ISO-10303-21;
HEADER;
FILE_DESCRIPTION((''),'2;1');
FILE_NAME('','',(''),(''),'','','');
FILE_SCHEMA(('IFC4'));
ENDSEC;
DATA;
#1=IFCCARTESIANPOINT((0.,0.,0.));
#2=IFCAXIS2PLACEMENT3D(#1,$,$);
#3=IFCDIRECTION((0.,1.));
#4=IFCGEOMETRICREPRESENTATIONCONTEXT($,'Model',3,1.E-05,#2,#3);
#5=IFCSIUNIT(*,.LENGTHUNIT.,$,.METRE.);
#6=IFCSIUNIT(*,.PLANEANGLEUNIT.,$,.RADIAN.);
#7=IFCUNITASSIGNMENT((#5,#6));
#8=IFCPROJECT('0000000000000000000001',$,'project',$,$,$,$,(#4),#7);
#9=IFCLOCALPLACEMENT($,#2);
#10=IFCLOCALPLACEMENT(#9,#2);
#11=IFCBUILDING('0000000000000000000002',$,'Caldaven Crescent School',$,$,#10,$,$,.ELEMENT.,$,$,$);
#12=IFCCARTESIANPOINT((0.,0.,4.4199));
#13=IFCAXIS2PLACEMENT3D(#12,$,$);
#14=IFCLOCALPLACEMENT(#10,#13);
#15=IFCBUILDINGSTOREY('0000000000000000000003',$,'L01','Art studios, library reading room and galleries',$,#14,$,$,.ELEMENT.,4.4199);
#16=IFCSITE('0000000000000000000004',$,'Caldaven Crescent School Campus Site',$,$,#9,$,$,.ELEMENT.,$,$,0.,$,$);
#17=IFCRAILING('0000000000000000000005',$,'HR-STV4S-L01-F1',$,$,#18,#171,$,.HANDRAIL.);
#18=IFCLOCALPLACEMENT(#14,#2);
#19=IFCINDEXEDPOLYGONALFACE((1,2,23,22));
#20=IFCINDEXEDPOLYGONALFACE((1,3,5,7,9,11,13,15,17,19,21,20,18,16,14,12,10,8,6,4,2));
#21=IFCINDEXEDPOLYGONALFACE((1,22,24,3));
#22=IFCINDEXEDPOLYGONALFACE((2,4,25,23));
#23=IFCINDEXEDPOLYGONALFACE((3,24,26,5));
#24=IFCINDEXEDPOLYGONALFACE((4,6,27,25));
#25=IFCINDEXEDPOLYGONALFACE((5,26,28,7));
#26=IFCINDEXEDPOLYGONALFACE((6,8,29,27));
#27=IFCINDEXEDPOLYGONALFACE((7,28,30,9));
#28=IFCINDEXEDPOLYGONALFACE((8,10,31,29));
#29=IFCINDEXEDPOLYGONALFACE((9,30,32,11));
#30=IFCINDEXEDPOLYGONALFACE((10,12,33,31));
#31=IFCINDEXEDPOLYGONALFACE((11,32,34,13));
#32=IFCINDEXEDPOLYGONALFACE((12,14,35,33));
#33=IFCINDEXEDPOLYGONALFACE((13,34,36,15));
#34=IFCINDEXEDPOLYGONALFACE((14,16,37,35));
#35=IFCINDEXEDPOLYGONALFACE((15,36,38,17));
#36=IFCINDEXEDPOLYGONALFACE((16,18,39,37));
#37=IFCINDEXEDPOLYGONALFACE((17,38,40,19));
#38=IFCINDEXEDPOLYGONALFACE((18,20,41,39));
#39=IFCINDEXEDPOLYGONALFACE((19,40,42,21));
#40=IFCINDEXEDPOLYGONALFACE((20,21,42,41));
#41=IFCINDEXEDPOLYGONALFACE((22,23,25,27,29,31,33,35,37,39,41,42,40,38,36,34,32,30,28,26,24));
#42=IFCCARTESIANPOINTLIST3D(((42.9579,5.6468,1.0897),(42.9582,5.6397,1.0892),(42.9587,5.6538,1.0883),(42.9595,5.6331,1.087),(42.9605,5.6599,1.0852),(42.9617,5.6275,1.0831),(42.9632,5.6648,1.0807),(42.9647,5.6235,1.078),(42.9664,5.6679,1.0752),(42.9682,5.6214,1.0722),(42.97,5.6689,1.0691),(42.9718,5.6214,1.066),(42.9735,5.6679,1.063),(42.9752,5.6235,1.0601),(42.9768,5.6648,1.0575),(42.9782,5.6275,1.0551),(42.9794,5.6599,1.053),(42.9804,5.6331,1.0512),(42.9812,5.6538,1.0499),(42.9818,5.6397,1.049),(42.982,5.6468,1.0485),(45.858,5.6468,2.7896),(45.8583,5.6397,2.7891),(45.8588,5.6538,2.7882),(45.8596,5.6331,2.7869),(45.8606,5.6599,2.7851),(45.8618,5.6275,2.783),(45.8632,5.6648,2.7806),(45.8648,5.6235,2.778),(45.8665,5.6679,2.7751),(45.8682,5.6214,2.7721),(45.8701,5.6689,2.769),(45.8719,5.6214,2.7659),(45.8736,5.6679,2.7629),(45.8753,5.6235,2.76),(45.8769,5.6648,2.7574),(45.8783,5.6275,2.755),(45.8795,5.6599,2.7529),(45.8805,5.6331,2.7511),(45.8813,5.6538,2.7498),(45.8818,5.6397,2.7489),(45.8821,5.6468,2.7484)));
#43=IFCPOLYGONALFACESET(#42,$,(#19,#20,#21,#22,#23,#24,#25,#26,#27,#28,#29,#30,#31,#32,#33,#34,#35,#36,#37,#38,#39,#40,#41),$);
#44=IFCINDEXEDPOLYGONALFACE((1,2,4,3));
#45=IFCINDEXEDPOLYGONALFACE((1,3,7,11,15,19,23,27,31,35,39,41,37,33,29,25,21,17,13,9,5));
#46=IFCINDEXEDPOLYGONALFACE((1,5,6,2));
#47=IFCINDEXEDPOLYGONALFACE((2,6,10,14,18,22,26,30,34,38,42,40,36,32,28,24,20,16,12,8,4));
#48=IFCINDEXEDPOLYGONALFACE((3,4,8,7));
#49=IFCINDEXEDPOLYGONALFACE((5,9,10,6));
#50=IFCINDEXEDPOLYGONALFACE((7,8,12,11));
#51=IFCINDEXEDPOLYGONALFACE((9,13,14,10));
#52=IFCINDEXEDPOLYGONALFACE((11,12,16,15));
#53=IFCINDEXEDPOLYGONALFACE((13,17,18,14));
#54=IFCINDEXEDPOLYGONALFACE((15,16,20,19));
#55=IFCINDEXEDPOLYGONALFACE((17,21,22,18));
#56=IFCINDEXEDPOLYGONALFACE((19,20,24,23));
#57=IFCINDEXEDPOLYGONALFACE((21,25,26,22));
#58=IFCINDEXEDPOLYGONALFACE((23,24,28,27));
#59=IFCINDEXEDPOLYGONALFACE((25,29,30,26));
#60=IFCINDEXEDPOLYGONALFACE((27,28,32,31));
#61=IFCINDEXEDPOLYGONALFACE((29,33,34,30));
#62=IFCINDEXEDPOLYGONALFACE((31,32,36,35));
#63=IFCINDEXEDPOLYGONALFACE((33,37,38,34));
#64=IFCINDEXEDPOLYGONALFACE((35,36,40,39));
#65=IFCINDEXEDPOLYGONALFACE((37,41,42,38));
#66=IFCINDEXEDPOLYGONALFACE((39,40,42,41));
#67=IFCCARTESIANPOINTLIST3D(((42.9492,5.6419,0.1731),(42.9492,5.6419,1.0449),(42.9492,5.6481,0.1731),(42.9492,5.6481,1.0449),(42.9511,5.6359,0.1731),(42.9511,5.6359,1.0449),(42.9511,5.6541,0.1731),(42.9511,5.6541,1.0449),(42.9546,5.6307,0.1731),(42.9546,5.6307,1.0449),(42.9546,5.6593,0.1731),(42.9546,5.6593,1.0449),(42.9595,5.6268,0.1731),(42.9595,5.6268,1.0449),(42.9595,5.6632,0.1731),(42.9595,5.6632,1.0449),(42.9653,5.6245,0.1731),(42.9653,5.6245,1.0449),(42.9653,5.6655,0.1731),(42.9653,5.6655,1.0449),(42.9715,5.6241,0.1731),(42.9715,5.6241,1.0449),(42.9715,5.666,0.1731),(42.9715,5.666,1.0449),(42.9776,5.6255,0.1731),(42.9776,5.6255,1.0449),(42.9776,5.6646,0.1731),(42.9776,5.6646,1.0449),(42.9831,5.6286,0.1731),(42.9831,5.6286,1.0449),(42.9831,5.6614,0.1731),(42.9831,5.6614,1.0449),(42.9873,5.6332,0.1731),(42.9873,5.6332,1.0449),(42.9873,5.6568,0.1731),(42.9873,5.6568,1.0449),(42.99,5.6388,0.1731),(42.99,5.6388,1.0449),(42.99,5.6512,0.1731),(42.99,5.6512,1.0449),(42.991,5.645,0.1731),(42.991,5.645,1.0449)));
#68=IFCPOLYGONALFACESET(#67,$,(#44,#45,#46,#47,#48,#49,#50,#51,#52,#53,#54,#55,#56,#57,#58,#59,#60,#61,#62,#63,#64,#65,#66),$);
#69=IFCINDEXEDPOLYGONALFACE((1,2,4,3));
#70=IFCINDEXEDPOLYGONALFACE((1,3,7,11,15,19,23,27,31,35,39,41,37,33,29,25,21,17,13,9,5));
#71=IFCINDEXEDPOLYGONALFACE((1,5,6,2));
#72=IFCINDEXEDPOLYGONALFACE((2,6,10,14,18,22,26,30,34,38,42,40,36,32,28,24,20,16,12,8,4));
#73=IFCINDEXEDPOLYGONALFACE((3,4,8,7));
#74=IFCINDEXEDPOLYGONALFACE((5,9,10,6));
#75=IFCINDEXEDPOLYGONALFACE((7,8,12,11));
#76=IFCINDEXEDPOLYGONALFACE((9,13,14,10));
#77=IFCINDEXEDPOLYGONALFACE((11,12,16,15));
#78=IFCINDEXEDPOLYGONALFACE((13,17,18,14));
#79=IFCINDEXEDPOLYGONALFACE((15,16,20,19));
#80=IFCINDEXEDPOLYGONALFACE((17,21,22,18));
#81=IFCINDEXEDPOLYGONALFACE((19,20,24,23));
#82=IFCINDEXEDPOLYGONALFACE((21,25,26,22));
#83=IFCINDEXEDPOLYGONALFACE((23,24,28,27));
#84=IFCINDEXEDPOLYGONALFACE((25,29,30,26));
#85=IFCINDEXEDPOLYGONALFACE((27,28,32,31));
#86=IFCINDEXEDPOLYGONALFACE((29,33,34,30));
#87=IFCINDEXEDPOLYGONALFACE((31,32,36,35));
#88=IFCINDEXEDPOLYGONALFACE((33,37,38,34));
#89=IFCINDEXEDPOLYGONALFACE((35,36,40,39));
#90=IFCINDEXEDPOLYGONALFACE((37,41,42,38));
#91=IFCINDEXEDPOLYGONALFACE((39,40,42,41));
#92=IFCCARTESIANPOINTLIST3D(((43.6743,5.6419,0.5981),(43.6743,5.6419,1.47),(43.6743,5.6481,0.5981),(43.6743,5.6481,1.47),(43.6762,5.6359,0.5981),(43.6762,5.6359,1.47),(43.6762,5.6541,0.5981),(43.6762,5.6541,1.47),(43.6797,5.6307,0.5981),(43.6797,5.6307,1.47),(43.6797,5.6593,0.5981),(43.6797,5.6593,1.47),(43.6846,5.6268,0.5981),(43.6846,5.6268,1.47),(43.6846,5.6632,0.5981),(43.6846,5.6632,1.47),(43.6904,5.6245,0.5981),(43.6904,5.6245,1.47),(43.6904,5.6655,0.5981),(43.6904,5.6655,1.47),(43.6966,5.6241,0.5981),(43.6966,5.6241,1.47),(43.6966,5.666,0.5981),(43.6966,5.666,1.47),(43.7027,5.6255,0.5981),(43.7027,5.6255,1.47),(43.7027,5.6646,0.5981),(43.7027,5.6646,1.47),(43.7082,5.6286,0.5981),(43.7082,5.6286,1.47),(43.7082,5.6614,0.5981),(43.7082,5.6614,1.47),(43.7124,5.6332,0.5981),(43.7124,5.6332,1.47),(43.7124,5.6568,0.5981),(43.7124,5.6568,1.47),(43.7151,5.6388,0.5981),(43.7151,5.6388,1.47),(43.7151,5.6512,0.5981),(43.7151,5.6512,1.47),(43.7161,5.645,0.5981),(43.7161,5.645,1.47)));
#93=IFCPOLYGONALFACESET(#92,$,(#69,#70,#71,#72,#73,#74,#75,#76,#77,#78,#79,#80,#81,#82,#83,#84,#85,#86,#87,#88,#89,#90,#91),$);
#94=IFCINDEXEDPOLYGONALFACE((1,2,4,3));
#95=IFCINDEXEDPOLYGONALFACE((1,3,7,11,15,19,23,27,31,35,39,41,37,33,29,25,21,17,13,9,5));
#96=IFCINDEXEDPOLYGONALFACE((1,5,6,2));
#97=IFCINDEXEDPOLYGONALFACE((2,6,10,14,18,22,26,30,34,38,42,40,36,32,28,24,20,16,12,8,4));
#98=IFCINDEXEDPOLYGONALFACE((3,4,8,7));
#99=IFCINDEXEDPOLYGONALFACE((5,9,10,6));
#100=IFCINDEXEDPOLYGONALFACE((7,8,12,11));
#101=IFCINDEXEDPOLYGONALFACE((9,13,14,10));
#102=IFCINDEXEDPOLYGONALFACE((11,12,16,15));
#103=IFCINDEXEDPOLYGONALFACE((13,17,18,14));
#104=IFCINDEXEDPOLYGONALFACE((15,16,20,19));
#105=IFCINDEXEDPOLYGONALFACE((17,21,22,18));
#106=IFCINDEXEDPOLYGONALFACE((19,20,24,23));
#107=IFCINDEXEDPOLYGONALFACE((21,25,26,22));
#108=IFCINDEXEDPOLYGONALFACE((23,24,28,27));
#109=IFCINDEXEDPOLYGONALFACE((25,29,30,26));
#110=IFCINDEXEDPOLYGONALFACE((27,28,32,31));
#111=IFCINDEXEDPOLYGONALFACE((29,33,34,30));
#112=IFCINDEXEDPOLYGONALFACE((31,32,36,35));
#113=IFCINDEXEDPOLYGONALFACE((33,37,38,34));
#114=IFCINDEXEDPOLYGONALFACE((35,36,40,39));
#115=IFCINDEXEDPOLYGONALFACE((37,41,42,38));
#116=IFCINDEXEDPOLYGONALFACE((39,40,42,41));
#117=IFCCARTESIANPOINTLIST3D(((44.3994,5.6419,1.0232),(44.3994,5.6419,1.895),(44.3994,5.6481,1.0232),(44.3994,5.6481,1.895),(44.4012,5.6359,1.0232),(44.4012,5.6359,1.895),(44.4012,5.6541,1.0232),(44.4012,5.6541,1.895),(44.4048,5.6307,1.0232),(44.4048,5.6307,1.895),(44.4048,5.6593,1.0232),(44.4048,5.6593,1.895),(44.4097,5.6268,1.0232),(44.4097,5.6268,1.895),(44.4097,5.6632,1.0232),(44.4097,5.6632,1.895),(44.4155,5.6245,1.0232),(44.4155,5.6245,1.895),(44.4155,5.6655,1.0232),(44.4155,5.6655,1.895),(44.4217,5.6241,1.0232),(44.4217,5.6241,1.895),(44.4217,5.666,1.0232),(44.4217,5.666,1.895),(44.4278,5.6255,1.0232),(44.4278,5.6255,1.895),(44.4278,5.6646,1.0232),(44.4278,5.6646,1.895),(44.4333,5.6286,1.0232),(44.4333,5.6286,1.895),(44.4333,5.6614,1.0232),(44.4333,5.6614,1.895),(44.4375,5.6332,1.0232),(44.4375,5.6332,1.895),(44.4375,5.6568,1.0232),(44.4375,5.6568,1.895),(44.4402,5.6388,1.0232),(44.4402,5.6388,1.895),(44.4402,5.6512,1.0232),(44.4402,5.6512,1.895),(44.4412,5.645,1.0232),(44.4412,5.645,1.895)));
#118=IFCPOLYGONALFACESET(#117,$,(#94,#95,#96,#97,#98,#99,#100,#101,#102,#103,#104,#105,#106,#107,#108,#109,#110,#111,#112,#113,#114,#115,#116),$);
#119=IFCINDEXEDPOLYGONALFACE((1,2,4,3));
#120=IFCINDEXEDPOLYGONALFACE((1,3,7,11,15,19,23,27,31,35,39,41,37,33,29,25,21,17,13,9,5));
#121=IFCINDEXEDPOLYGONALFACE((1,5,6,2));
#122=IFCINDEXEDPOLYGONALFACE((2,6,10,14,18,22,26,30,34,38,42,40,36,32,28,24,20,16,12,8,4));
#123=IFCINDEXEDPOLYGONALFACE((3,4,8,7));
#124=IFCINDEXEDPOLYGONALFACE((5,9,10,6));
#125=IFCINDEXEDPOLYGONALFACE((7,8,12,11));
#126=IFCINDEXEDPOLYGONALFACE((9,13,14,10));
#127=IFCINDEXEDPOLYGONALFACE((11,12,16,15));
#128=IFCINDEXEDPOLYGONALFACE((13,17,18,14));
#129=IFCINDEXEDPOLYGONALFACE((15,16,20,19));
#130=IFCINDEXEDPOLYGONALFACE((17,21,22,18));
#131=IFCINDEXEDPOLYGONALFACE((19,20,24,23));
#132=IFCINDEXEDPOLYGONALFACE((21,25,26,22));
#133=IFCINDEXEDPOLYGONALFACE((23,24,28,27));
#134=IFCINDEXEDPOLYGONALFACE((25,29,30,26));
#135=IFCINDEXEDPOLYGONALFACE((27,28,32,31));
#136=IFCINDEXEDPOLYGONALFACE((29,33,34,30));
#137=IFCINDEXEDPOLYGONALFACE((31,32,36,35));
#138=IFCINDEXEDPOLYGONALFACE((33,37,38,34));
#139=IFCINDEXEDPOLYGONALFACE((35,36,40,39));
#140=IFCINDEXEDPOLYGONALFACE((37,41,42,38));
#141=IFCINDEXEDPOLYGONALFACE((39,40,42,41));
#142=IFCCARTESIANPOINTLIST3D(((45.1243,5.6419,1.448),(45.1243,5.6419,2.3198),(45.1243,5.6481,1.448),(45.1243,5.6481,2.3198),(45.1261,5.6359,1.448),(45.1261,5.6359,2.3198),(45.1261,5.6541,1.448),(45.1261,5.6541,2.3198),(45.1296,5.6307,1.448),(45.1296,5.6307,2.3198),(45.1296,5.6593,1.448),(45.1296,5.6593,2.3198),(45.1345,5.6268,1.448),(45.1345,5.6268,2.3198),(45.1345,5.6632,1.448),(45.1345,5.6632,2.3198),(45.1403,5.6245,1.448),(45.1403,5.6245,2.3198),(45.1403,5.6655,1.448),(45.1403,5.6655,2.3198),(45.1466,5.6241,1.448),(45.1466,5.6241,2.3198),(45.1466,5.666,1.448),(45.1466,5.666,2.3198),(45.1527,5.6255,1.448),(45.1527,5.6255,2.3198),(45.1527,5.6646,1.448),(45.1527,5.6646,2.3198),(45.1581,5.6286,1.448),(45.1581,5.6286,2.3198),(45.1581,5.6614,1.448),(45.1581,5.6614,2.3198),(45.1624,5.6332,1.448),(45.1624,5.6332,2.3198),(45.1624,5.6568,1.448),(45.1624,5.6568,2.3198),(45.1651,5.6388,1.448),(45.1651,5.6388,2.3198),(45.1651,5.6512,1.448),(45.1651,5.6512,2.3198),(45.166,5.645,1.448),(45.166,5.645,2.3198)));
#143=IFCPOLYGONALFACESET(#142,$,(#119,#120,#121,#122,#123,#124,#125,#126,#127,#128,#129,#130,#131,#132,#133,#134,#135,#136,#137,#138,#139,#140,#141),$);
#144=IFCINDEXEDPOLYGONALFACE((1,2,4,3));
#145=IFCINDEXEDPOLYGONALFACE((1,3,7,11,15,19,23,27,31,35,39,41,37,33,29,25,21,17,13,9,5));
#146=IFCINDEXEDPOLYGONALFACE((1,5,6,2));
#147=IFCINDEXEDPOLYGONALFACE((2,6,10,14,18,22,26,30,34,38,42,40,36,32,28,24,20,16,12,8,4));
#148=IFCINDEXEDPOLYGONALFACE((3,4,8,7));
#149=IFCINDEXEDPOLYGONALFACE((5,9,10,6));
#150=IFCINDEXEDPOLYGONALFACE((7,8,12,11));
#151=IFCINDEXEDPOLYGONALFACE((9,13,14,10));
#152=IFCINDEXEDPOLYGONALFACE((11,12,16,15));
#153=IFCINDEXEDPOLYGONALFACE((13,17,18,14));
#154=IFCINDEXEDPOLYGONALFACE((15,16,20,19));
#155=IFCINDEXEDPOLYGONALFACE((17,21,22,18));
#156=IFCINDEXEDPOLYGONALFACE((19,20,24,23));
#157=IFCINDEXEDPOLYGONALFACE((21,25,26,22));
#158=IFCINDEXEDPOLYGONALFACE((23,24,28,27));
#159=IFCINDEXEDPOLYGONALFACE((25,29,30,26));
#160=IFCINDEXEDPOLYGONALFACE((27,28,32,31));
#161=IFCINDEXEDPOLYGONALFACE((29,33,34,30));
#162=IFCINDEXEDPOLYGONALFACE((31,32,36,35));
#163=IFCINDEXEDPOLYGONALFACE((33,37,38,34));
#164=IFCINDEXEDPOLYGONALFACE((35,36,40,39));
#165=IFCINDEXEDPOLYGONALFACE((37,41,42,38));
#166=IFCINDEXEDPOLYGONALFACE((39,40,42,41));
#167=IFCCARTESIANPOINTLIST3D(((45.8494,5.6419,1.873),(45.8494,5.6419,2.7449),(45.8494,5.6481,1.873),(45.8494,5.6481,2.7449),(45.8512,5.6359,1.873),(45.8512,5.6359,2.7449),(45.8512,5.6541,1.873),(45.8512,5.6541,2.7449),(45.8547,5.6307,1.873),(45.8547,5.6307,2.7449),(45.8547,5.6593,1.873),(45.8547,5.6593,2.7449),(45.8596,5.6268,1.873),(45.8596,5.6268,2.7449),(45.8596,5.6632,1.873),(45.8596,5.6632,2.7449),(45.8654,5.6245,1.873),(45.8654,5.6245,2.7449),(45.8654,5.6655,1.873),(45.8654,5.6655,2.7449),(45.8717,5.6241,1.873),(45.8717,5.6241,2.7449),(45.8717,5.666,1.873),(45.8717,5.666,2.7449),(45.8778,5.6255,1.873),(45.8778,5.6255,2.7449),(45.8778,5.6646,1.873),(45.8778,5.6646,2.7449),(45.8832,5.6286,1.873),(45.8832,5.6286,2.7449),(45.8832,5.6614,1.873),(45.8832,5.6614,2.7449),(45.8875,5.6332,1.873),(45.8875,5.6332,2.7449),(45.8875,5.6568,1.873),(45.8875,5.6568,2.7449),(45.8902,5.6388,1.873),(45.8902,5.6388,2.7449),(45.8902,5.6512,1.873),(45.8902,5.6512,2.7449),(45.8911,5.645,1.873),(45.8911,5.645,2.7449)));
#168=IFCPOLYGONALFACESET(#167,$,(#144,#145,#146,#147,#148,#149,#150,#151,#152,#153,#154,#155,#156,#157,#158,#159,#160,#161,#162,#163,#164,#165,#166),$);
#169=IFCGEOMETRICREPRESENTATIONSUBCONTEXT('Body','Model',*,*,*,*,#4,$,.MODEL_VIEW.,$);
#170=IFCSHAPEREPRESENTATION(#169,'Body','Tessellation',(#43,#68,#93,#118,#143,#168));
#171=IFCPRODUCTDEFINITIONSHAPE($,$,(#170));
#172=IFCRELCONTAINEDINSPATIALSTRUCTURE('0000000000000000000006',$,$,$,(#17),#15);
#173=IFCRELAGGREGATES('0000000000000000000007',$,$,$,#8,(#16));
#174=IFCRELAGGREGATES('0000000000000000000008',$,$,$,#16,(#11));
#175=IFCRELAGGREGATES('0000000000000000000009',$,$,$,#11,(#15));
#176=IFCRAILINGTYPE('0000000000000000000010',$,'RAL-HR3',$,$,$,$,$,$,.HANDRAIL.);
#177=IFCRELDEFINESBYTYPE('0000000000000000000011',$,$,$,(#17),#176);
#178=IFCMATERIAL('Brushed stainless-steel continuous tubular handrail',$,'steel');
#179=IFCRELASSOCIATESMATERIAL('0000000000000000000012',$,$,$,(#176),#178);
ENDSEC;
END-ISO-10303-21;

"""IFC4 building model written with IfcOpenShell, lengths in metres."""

from ifc_helpers import new_model, si_unit, direction, frame, origin, origin_2d, place, context, subcontext, project, spatial, circle, extrude, material, type_object, element, save


model = new_model("IFC4")

# Units and contexts
model_context = context("Model", 3, precision=1e-05, world=origin(), true_north=direction((0.0, 1.0)))
body_context = subcontext(model_context, "Body", "Model", "MODEL_VIEW")
ifc_project = project(units=[si_unit("LENGTHUNIT", "METRE"), si_unit("PLANEANGLEUNIT", "RADIAN")], contexts=[model_context])

# Site, building, storey
site_placement = place(None, origin())
site = spatial("IfcSite", under=ifc_project, at=site_placement, Name="Caldaven Crescent School Campus Site", CompositionType="ELEMENT", RefElevation=0.0)
building_placement = place(site_placement, origin())
building = spatial("IfcBuilding", under=site, at=building_placement, Name="Caldaven Crescent School", CompositionType="ELEMENT")
storey_placement = place(building_placement, frame((0.0, 0.0, 4.4199)))
storey = spatial("IfcBuildingStorey", under=building, at=storey_placement, Name="L01", Description="Art studios, library reading room and galleries", CompositionType="ELEMENT", Elevation=4.4199)

# Railing
ifc_material_1 = material(Name="Brushed stainless-steel continuous tubular handrail", Category="steel")
railing_type_1 = type_object("IfcRailingType", Name="RAL-HR3", PredefinedType="HANDRAIL", material=ifc_material_1)
railing_1_placement = place(storey_placement, frame((42.97, 5.645, 0.1731)))
element("IfcRailing", 1, at=railing_1_placement, inside=storey, type_object=railing_type_1, Name="HR-STV4S-L01-F1", PredefinedType="HANDRAIL", context=body_context, shape_type="SweptSolid", body=[
    extrude(circle(Radius=0.0239, at=origin_2d()), frame((0.0, 0.0, 0.896), z_axis=(0.862715, 0.0, 0.50569), x_axis=(0.0, 1.0, 0.0)), (0.0, 0.0, 1.0), 3.3616),
    extrude(circle(Radius=0.021, at=origin_2d()), origin(), (0.0, 0.0, 1.0), 0.8718),
    extrude(circle(Radius=0.021, at=origin_2d()), frame((0.7251, 0.0, 0.425)), (0.0, 0.0, 1.0), 0.8718),
    extrude(circle(Radius=0.021, at=origin_2d()), frame((1.4502, 0.0, 0.8501)), (0.0, 0.0, 1.0), 0.8718),
    extrude(circle(Radius=0.021, at=origin_2d()), frame((2.175, 0.0, 1.2749)), (0.0, 0.0, 1.0), 0.8718),
    extrude(circle(Radius=0.021, at=origin_2d()), frame((2.9001, 0.0, 1.7)), (0.0, 0.0, 1.0), 0.8718),
])

save(model, "model.ifc")
